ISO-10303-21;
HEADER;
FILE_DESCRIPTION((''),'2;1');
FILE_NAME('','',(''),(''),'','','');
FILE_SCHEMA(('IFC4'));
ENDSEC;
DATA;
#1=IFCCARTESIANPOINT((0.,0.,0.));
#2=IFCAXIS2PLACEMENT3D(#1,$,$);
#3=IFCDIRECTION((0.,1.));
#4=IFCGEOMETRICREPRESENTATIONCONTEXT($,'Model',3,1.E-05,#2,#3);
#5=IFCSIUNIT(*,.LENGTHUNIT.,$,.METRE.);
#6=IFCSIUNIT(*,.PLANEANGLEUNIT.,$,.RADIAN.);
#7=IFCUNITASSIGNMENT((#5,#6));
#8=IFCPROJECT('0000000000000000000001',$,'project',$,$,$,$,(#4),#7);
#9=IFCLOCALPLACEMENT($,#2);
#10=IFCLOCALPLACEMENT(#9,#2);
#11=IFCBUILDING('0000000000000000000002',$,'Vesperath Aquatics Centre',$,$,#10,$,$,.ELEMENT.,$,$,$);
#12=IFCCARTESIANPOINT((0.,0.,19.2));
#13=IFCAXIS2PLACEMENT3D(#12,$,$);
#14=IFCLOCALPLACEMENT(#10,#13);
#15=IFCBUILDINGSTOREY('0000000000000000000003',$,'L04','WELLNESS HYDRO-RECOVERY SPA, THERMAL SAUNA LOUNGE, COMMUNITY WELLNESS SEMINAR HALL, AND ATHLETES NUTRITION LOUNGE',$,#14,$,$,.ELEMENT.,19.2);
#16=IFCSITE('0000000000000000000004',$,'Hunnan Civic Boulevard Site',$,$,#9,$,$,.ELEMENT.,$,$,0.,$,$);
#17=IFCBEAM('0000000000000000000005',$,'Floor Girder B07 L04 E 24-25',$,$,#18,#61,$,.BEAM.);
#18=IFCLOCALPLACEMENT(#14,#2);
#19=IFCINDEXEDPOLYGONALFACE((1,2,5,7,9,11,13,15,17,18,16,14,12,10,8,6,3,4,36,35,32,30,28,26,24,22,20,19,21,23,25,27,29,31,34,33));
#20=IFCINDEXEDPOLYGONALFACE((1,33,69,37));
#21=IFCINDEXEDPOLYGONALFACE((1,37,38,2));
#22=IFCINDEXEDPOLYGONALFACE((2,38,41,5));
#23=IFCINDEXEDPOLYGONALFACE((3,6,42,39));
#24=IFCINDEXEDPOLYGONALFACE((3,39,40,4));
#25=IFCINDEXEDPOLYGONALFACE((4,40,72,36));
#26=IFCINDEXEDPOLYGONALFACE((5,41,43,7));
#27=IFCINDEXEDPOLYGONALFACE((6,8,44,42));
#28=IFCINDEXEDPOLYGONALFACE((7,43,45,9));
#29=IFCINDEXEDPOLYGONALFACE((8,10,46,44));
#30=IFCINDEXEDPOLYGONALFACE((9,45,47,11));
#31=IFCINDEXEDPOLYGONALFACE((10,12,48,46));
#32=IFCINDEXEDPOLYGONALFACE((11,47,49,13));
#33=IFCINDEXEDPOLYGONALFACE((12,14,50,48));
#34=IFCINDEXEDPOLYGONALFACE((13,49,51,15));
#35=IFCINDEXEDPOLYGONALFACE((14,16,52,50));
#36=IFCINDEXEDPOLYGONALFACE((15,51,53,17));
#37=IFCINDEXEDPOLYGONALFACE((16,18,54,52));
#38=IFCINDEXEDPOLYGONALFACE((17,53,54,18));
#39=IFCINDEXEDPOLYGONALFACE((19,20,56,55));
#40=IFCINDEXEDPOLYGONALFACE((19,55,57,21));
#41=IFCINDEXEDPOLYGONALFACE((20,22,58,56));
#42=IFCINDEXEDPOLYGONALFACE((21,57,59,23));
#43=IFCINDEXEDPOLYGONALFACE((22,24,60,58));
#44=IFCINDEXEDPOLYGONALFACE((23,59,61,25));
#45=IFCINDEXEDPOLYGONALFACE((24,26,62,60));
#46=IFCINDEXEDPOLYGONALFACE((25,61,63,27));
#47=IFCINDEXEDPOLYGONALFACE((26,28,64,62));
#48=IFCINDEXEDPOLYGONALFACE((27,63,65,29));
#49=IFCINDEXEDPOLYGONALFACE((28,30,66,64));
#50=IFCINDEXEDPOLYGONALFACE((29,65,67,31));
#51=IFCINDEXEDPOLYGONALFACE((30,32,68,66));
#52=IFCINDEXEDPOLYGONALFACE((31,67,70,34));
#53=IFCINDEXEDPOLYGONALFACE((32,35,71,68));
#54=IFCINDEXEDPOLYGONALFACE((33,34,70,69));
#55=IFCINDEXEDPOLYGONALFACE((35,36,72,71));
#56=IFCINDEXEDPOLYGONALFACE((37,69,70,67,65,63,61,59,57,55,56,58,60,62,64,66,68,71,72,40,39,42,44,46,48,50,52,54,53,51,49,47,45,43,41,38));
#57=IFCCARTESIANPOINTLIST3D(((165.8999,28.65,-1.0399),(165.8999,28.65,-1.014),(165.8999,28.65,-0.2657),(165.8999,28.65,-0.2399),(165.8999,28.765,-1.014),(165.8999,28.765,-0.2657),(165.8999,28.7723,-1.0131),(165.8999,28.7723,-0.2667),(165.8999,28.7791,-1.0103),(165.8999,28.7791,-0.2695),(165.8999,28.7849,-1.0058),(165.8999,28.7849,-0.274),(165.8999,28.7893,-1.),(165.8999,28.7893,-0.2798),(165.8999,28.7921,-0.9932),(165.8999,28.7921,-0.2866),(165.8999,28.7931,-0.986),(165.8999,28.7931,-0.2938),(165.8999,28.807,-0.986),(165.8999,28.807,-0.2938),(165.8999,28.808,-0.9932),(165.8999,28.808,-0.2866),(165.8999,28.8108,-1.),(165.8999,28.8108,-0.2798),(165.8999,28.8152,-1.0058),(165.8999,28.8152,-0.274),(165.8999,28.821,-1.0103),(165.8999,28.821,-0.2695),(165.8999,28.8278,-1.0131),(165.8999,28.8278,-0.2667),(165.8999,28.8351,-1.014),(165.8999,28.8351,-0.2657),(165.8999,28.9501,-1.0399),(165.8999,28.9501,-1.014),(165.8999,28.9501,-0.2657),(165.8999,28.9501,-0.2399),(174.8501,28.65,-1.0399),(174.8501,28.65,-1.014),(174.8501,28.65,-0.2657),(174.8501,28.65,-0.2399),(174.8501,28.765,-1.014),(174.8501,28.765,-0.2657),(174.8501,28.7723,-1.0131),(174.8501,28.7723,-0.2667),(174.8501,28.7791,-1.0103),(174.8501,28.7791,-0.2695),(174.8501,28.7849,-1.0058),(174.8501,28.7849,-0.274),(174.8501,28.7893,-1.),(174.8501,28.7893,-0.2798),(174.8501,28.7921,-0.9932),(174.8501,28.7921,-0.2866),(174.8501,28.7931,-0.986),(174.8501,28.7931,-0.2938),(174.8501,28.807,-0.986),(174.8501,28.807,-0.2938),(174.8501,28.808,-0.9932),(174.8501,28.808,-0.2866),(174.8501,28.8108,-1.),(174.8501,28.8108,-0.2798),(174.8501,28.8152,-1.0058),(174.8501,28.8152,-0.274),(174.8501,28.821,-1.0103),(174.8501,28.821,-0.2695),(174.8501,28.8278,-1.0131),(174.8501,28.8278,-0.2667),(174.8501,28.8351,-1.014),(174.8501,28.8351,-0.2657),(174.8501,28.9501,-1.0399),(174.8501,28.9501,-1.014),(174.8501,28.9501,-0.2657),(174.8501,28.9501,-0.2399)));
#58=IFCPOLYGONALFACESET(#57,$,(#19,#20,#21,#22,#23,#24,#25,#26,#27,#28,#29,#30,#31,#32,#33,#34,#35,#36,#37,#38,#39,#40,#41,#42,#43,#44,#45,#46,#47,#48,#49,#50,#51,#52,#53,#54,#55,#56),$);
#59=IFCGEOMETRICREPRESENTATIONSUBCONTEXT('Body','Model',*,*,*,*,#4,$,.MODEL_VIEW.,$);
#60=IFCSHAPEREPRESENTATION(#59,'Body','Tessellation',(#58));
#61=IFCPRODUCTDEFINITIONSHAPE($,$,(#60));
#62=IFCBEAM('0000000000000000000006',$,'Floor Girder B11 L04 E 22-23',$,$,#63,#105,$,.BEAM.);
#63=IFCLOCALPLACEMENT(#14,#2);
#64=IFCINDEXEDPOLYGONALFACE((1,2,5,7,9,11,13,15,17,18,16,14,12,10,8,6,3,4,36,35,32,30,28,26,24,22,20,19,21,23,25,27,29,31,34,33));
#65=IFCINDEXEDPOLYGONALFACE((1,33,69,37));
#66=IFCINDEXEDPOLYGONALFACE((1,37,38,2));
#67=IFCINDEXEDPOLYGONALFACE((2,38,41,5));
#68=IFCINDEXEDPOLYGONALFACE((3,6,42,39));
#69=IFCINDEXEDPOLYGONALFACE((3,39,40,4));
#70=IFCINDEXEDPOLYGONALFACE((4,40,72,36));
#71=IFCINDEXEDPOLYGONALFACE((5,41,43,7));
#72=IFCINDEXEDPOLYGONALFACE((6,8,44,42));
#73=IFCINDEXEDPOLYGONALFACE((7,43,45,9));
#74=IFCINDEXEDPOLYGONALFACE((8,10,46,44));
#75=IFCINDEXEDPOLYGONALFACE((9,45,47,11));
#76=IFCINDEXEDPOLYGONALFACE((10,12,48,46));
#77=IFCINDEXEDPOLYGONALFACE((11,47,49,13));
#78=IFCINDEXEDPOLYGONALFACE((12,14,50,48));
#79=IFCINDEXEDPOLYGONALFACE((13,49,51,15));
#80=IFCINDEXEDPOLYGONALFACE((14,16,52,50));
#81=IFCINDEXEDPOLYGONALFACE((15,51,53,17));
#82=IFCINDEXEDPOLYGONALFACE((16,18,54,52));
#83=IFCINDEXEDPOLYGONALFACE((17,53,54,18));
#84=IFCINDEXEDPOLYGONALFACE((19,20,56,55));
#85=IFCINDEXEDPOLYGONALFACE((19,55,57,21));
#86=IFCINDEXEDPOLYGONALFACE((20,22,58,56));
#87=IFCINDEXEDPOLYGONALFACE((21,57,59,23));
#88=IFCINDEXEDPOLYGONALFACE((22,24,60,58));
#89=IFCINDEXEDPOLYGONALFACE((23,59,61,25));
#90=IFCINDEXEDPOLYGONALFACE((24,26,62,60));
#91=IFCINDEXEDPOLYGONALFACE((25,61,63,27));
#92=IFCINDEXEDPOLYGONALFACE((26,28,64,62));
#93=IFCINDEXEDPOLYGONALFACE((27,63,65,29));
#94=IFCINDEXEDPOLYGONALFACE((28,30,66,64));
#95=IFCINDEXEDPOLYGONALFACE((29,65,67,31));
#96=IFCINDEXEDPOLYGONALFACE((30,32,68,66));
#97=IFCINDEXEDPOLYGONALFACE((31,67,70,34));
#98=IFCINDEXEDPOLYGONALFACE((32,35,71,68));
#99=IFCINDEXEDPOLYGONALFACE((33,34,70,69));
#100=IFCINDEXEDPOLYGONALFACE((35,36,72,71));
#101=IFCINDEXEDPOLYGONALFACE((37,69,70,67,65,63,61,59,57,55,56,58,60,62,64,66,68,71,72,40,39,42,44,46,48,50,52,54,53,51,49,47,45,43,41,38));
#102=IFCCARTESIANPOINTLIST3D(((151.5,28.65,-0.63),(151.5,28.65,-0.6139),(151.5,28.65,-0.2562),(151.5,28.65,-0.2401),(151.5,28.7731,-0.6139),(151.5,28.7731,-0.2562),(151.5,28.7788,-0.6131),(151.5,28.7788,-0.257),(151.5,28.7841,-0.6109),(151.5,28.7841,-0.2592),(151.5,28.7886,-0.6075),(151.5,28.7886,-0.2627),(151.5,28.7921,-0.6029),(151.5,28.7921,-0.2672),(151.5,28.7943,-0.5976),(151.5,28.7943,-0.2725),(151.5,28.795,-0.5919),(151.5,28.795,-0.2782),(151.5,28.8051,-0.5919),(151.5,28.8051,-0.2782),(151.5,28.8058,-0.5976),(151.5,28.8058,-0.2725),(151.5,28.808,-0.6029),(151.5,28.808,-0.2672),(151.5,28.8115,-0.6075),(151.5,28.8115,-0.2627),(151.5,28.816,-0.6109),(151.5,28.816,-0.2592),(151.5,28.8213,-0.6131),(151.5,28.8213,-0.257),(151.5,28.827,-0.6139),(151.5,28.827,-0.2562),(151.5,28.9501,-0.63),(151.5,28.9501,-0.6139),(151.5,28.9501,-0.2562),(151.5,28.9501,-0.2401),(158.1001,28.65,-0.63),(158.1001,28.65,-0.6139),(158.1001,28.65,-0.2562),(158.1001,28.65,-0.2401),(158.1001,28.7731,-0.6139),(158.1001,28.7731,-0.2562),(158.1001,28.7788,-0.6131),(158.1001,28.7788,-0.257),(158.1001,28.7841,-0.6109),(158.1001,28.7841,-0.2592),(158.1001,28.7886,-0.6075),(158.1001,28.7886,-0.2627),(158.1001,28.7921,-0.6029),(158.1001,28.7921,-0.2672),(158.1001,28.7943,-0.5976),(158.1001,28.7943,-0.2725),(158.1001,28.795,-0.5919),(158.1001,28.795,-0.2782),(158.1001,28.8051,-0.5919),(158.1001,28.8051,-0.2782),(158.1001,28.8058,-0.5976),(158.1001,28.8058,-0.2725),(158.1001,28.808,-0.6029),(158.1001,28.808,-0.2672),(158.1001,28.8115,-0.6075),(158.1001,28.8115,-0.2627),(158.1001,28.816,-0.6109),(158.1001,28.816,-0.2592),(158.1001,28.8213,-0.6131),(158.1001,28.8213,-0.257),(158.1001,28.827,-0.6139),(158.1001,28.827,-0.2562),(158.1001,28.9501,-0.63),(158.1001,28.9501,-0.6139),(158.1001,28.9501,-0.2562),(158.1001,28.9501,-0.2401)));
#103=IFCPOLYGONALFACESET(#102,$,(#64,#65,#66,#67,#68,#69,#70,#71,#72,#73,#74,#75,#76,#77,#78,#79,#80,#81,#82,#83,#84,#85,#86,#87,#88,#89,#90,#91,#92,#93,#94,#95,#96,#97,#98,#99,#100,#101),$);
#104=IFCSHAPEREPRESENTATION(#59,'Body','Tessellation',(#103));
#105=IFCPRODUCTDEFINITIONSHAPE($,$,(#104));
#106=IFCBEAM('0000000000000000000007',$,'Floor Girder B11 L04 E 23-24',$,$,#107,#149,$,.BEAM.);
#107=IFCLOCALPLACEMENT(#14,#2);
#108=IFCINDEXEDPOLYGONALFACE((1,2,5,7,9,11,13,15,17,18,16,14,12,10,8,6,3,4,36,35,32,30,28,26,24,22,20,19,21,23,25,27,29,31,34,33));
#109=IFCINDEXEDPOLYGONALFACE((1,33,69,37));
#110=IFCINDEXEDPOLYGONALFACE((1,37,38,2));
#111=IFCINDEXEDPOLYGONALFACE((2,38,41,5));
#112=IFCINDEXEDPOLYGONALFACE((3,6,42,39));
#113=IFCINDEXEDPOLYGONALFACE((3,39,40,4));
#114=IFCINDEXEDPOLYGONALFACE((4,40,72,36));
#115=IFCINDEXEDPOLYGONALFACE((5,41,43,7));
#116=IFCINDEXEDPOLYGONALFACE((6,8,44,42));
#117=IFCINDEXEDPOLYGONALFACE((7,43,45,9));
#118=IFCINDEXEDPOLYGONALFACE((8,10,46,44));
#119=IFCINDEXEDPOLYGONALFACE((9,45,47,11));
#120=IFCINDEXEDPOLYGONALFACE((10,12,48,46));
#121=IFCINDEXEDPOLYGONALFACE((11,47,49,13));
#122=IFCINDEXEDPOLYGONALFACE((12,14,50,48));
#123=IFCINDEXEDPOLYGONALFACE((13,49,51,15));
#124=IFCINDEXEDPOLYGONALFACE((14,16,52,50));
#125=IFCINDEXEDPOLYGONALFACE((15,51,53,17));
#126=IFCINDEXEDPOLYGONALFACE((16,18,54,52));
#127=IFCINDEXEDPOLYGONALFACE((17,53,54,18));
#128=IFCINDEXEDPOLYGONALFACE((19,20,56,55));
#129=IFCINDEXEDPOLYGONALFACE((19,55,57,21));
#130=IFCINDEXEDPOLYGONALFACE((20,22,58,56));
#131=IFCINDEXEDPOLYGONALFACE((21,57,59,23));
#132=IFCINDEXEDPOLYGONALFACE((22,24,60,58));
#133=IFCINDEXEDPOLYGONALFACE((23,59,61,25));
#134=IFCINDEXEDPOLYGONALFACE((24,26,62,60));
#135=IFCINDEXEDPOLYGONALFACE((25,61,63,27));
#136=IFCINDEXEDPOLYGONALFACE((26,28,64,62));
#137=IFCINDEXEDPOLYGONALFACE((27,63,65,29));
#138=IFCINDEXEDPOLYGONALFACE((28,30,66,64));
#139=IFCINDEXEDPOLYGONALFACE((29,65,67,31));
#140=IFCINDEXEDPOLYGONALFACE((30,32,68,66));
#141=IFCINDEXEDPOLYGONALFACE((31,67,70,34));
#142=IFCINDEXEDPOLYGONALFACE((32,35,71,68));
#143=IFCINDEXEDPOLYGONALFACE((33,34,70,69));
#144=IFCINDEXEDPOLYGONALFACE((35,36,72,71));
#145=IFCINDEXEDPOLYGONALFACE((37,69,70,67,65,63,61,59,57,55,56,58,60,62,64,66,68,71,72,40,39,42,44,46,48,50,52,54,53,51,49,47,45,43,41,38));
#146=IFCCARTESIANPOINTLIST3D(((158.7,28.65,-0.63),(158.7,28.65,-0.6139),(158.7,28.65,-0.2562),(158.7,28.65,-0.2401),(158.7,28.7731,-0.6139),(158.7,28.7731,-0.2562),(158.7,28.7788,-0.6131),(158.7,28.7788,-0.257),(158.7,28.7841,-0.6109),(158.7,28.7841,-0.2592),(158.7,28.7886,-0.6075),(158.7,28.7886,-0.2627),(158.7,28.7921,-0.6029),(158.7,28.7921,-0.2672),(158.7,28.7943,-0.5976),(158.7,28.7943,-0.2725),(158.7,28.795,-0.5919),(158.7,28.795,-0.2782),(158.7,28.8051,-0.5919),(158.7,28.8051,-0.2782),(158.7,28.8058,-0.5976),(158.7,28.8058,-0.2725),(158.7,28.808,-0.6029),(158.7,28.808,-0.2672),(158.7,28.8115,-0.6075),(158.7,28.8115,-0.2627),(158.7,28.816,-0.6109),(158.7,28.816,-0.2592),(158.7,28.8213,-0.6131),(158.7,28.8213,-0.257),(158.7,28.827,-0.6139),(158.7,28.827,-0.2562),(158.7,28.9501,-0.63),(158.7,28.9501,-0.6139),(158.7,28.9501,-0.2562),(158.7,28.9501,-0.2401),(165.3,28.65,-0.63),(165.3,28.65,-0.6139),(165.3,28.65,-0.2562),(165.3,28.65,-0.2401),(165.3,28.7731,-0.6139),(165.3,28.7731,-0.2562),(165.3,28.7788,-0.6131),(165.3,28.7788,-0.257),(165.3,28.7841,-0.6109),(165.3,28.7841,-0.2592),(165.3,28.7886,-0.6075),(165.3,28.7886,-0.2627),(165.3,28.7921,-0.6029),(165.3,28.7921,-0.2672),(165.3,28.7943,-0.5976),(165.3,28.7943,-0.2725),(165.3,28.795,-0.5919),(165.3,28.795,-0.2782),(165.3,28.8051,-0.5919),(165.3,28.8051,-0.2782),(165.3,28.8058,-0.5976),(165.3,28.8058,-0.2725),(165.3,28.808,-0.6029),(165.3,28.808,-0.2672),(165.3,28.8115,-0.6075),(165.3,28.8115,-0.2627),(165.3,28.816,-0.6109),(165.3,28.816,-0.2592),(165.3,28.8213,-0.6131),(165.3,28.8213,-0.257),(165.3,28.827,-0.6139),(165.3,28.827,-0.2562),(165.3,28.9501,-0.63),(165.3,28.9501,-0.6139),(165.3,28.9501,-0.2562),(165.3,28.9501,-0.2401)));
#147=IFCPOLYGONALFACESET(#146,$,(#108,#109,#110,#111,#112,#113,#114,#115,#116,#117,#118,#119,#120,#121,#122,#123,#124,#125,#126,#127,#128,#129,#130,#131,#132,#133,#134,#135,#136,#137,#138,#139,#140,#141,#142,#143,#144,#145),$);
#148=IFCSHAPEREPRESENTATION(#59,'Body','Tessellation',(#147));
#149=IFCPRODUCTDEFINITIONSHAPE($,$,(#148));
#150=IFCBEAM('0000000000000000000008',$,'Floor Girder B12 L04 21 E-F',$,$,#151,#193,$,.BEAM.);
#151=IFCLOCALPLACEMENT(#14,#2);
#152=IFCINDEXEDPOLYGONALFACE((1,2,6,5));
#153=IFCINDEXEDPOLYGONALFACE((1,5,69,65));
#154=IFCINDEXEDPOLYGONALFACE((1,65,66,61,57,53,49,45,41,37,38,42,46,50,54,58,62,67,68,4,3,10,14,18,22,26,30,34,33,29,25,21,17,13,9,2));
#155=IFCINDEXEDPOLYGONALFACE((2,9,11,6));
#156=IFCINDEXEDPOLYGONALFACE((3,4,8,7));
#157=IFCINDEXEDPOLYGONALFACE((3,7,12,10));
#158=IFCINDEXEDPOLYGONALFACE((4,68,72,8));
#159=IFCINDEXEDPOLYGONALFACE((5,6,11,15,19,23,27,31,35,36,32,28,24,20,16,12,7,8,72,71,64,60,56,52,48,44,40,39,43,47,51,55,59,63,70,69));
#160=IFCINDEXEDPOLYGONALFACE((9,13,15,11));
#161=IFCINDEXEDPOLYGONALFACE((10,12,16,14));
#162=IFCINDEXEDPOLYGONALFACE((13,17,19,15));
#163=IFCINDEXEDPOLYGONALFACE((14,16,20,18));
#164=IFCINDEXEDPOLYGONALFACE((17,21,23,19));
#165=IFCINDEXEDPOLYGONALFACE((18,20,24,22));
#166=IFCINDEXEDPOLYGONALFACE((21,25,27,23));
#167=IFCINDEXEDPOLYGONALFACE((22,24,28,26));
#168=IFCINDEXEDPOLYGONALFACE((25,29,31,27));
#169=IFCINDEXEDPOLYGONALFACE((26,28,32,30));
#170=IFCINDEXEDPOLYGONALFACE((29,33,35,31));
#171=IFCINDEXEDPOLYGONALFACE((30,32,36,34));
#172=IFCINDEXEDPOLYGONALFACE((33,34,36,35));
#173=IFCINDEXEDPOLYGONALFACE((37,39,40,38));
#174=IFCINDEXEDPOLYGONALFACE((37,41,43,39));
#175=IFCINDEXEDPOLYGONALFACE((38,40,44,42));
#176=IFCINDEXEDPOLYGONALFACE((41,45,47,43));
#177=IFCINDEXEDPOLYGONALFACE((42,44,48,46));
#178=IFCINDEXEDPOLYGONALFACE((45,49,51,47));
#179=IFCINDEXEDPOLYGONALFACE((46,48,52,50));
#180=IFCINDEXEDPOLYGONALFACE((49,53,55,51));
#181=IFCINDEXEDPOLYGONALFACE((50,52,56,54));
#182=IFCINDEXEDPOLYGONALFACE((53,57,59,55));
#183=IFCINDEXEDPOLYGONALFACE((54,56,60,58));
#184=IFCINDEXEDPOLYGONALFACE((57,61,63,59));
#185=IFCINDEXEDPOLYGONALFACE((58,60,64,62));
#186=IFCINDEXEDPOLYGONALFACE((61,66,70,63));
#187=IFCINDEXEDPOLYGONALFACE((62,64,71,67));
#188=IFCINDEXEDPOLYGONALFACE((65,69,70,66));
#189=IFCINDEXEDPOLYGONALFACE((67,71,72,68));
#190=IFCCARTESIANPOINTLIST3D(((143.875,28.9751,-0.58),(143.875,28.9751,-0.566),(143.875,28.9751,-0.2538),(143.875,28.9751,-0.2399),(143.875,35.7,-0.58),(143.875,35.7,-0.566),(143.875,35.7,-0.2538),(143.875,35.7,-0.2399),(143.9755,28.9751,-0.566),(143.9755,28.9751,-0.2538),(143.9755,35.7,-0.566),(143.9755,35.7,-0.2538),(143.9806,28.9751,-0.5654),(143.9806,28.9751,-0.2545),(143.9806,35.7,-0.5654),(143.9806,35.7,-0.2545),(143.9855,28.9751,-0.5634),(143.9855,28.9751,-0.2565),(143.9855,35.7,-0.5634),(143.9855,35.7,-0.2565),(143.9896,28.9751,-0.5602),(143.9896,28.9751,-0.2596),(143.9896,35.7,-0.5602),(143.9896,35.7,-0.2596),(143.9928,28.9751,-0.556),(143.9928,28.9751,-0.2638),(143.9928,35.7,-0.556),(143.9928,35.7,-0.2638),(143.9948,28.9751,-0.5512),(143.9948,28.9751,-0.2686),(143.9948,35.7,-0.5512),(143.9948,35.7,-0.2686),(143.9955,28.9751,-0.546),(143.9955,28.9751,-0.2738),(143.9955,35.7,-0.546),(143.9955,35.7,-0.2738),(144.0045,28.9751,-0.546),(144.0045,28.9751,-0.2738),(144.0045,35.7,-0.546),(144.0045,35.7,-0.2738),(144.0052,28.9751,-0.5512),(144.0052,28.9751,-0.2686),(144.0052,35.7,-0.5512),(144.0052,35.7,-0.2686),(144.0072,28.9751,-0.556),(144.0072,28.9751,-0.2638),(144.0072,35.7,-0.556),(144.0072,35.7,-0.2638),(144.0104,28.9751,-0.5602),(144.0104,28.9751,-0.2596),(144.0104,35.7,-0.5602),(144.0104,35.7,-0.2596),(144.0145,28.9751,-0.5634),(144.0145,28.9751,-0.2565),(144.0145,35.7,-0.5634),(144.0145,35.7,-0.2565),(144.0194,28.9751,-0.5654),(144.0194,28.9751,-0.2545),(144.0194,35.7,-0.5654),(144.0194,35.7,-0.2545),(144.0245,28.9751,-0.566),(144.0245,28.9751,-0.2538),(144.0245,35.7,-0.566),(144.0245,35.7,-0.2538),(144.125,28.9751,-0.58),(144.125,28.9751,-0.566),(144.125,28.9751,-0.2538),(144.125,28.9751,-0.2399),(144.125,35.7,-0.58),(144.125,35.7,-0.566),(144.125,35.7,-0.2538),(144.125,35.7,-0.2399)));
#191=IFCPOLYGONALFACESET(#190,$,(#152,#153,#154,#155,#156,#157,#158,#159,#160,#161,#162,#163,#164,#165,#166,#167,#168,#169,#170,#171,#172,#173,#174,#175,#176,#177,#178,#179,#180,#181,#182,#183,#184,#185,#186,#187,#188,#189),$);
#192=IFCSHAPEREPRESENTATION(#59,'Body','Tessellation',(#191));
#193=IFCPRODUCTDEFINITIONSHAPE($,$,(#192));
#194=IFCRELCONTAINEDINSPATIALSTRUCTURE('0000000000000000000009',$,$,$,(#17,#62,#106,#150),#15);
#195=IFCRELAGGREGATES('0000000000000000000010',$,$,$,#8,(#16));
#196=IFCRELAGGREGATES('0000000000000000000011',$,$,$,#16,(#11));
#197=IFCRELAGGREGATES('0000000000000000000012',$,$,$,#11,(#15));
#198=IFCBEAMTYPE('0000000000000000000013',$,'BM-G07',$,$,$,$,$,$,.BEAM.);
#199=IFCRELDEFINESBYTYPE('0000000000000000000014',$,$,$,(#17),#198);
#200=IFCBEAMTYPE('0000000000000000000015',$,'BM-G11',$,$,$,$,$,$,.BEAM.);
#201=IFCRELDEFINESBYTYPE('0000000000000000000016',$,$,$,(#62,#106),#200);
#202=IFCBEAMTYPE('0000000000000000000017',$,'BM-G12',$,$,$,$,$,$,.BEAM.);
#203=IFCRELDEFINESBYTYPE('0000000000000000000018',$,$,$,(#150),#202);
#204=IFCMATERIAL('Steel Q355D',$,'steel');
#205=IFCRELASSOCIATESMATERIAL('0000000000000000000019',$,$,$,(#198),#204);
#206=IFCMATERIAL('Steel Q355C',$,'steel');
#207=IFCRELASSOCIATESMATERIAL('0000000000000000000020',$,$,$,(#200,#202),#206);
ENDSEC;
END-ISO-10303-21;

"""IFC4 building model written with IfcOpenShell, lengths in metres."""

from ifc_helpers import new_model, si_unit, direction, frame, origin, origin_2d, place, context, subcontext, project, spatial, i_section, extrude, material, material_profile, profile_set, type_object, element, save


model = new_model("IFC4")

# Units and contexts
model_context = context("Model", 3, precision=1e-05, world=origin(), true_north=direction((0.0, 1.0)))
body_context = subcontext(model_context, "Body", "Model", "MODEL_VIEW")
ifc_project = project(units=[si_unit("LENGTHUNIT", "METRE"), si_unit("PLANEANGLEUNIT", "RADIAN")], contexts=[model_context])

# Site, building, storey
site_placement = place(None, origin())
site = spatial("IfcSite", under=ifc_project, at=site_placement, Name="Hunnan Civic Boulevard Site", CompositionType="ELEMENT", RefElevation=0.0)
building_placement = place(site_placement, origin())
building = spatial("IfcBuilding", under=site, at=building_placement, Name="Vesperath Aquatics Centre", CompositionType="ELEMENT")
storey_placement = place(building_placement, frame((0.0, 0.0, 19.2)))
storey = spatial("IfcBuildingStorey", under=building, at=storey_placement, Name="L04", Description="WELLNESS HYDRO-RECOVERY SPA, THERMAL SAUNA LOUNGE, COMMUNITY WELLNESS SEMINAR HALL, AND ATHLETES NUTRITION LOUNGE", CompositionType="ELEMENT", Elevation=19.2)

# Shared definitions
ifc_material_1 = material(Name="Steel Q355C", Category="steel")
ifc_material_2 = material(Name="Steel Q355D", Category="steel")

# Beams
ifc_material_profile_1 = material_profile(ifc_material_2, i_section(OverallWidth=0.3, OverallDepth=0.8, WebThickness=0.0139, FlangeThickness=0.0259, FilletRadius=0.0281, at=origin_2d()), Name="HN 800x300x14x26")
ifc_profile_set_1 = profile_set([ifc_material_profile_1], Name="Steel Q355D")
beam_type_1 = type_object("IfcBeamType", Name="BM-G07", PredefinedType="BEAM", material=ifc_profile_set_1)
beam_1_placement = place(storey_placement, frame((165.8999, 28.8, -0.6399), z_axis=(1.0, 0.0, 0.0), x_axis=(0.0, 1.0, 0.0)))
element("IfcBeam", 1, at=beam_1_placement, inside=storey, type_object=beam_type_1, Name="Floor Girder B07 L04 E 24-25", PredefinedType="BEAM", context=body_context, shape_type="SweptSolid", body=[
    extrude(i_section(OverallWidth=0.3, OverallDepth=0.8, WebThickness=0.0139, FlangeThickness=0.0259, FilletRadius=0.0281, at=origin_2d()), origin(), (0.0, 0.0, 1.0), 8.9502),
])
ifc_material_profile_2 = material_profile(ifc_material_1, i_section(OverallWidth=0.3, OverallDepth=0.3899, WebThickness=0.01, FlangeThickness=0.0161, FilletRadius=0.022, at=origin_2d()), Name="HM 390x300x10x16")
ifc_profile_set_2 = profile_set([ifc_material_profile_2], Name="Steel Q355C")
beam_type_2 = type_object("IfcBeamType", Name="BM-G11", PredefinedType="BEAM", material=ifc_profile_set_2)
for number, where, z_axis, x_axis, name in (
    (2, (151.5, 28.8, -0.4351), (1.0, 0.0, 0.0), (0.0, 1.0, 0.0), "Floor Girder B11 L04 E 22-23"),
    (3, (158.7, 28.8, -0.4351), (1.0, 0.0, 0.0), (0.0, 1.0, 0.0), "Floor Girder B11 L04 E 23-24"),
):
    element("IfcBeam", number, at=place(storey_placement, frame(where, z_axis=z_axis, x_axis=x_axis)), inside=storey, type_object=beam_type_2, Name=name, PredefinedType="BEAM", context=body_context, shape_type="SweptSolid", body=[
        extrude(i_section(OverallWidth=0.3, OverallDepth=0.3899, WebThickness=0.01, FlangeThickness=0.0161, FilletRadius=0.022, at=origin_2d()), origin(), (0.0, 0.0, 1.0), 6.6001),
    ])
ifc_material_profile_3 = material_profile(ifc_material_1, i_section(OverallWidth=0.25, OverallDepth=0.3401, WebThickness=0.009, FlangeThickness=0.0139, FilletRadius=0.02, at=origin_2d()), Name="HM 340x250x9x14")
ifc_profile_set_3 = profile_set([ifc_material_profile_3], Name="Steel Q355C")
beam_type_3 = type_object("IfcBeamType", Name="BM-G12", PredefinedType="BEAM", material=ifc_profile_set_3)
beam_2_placement = place(storey_placement, frame((144.0, 28.9751, -0.4099), z_axis=(0.0, 1.0, 0.0), x_axis=(-1.0, 0.0, 0.0)))
element("IfcBeam", 4, at=beam_2_placement, inside=storey, type_object=beam_type_3, Name="Floor Girder B12 L04 21 E-F", PredefinedType="BEAM", context=body_context, shape_type="SweptSolid", body=[
    extrude(i_section(OverallWidth=0.25, OverallDepth=0.3401, WebThickness=0.009, FlangeThickness=0.0139, FilletRadius=0.02, at=origin_2d()), origin(), (0.0, 0.0, 1.0), 6.7249),
])

save(model, "model.ifc")
